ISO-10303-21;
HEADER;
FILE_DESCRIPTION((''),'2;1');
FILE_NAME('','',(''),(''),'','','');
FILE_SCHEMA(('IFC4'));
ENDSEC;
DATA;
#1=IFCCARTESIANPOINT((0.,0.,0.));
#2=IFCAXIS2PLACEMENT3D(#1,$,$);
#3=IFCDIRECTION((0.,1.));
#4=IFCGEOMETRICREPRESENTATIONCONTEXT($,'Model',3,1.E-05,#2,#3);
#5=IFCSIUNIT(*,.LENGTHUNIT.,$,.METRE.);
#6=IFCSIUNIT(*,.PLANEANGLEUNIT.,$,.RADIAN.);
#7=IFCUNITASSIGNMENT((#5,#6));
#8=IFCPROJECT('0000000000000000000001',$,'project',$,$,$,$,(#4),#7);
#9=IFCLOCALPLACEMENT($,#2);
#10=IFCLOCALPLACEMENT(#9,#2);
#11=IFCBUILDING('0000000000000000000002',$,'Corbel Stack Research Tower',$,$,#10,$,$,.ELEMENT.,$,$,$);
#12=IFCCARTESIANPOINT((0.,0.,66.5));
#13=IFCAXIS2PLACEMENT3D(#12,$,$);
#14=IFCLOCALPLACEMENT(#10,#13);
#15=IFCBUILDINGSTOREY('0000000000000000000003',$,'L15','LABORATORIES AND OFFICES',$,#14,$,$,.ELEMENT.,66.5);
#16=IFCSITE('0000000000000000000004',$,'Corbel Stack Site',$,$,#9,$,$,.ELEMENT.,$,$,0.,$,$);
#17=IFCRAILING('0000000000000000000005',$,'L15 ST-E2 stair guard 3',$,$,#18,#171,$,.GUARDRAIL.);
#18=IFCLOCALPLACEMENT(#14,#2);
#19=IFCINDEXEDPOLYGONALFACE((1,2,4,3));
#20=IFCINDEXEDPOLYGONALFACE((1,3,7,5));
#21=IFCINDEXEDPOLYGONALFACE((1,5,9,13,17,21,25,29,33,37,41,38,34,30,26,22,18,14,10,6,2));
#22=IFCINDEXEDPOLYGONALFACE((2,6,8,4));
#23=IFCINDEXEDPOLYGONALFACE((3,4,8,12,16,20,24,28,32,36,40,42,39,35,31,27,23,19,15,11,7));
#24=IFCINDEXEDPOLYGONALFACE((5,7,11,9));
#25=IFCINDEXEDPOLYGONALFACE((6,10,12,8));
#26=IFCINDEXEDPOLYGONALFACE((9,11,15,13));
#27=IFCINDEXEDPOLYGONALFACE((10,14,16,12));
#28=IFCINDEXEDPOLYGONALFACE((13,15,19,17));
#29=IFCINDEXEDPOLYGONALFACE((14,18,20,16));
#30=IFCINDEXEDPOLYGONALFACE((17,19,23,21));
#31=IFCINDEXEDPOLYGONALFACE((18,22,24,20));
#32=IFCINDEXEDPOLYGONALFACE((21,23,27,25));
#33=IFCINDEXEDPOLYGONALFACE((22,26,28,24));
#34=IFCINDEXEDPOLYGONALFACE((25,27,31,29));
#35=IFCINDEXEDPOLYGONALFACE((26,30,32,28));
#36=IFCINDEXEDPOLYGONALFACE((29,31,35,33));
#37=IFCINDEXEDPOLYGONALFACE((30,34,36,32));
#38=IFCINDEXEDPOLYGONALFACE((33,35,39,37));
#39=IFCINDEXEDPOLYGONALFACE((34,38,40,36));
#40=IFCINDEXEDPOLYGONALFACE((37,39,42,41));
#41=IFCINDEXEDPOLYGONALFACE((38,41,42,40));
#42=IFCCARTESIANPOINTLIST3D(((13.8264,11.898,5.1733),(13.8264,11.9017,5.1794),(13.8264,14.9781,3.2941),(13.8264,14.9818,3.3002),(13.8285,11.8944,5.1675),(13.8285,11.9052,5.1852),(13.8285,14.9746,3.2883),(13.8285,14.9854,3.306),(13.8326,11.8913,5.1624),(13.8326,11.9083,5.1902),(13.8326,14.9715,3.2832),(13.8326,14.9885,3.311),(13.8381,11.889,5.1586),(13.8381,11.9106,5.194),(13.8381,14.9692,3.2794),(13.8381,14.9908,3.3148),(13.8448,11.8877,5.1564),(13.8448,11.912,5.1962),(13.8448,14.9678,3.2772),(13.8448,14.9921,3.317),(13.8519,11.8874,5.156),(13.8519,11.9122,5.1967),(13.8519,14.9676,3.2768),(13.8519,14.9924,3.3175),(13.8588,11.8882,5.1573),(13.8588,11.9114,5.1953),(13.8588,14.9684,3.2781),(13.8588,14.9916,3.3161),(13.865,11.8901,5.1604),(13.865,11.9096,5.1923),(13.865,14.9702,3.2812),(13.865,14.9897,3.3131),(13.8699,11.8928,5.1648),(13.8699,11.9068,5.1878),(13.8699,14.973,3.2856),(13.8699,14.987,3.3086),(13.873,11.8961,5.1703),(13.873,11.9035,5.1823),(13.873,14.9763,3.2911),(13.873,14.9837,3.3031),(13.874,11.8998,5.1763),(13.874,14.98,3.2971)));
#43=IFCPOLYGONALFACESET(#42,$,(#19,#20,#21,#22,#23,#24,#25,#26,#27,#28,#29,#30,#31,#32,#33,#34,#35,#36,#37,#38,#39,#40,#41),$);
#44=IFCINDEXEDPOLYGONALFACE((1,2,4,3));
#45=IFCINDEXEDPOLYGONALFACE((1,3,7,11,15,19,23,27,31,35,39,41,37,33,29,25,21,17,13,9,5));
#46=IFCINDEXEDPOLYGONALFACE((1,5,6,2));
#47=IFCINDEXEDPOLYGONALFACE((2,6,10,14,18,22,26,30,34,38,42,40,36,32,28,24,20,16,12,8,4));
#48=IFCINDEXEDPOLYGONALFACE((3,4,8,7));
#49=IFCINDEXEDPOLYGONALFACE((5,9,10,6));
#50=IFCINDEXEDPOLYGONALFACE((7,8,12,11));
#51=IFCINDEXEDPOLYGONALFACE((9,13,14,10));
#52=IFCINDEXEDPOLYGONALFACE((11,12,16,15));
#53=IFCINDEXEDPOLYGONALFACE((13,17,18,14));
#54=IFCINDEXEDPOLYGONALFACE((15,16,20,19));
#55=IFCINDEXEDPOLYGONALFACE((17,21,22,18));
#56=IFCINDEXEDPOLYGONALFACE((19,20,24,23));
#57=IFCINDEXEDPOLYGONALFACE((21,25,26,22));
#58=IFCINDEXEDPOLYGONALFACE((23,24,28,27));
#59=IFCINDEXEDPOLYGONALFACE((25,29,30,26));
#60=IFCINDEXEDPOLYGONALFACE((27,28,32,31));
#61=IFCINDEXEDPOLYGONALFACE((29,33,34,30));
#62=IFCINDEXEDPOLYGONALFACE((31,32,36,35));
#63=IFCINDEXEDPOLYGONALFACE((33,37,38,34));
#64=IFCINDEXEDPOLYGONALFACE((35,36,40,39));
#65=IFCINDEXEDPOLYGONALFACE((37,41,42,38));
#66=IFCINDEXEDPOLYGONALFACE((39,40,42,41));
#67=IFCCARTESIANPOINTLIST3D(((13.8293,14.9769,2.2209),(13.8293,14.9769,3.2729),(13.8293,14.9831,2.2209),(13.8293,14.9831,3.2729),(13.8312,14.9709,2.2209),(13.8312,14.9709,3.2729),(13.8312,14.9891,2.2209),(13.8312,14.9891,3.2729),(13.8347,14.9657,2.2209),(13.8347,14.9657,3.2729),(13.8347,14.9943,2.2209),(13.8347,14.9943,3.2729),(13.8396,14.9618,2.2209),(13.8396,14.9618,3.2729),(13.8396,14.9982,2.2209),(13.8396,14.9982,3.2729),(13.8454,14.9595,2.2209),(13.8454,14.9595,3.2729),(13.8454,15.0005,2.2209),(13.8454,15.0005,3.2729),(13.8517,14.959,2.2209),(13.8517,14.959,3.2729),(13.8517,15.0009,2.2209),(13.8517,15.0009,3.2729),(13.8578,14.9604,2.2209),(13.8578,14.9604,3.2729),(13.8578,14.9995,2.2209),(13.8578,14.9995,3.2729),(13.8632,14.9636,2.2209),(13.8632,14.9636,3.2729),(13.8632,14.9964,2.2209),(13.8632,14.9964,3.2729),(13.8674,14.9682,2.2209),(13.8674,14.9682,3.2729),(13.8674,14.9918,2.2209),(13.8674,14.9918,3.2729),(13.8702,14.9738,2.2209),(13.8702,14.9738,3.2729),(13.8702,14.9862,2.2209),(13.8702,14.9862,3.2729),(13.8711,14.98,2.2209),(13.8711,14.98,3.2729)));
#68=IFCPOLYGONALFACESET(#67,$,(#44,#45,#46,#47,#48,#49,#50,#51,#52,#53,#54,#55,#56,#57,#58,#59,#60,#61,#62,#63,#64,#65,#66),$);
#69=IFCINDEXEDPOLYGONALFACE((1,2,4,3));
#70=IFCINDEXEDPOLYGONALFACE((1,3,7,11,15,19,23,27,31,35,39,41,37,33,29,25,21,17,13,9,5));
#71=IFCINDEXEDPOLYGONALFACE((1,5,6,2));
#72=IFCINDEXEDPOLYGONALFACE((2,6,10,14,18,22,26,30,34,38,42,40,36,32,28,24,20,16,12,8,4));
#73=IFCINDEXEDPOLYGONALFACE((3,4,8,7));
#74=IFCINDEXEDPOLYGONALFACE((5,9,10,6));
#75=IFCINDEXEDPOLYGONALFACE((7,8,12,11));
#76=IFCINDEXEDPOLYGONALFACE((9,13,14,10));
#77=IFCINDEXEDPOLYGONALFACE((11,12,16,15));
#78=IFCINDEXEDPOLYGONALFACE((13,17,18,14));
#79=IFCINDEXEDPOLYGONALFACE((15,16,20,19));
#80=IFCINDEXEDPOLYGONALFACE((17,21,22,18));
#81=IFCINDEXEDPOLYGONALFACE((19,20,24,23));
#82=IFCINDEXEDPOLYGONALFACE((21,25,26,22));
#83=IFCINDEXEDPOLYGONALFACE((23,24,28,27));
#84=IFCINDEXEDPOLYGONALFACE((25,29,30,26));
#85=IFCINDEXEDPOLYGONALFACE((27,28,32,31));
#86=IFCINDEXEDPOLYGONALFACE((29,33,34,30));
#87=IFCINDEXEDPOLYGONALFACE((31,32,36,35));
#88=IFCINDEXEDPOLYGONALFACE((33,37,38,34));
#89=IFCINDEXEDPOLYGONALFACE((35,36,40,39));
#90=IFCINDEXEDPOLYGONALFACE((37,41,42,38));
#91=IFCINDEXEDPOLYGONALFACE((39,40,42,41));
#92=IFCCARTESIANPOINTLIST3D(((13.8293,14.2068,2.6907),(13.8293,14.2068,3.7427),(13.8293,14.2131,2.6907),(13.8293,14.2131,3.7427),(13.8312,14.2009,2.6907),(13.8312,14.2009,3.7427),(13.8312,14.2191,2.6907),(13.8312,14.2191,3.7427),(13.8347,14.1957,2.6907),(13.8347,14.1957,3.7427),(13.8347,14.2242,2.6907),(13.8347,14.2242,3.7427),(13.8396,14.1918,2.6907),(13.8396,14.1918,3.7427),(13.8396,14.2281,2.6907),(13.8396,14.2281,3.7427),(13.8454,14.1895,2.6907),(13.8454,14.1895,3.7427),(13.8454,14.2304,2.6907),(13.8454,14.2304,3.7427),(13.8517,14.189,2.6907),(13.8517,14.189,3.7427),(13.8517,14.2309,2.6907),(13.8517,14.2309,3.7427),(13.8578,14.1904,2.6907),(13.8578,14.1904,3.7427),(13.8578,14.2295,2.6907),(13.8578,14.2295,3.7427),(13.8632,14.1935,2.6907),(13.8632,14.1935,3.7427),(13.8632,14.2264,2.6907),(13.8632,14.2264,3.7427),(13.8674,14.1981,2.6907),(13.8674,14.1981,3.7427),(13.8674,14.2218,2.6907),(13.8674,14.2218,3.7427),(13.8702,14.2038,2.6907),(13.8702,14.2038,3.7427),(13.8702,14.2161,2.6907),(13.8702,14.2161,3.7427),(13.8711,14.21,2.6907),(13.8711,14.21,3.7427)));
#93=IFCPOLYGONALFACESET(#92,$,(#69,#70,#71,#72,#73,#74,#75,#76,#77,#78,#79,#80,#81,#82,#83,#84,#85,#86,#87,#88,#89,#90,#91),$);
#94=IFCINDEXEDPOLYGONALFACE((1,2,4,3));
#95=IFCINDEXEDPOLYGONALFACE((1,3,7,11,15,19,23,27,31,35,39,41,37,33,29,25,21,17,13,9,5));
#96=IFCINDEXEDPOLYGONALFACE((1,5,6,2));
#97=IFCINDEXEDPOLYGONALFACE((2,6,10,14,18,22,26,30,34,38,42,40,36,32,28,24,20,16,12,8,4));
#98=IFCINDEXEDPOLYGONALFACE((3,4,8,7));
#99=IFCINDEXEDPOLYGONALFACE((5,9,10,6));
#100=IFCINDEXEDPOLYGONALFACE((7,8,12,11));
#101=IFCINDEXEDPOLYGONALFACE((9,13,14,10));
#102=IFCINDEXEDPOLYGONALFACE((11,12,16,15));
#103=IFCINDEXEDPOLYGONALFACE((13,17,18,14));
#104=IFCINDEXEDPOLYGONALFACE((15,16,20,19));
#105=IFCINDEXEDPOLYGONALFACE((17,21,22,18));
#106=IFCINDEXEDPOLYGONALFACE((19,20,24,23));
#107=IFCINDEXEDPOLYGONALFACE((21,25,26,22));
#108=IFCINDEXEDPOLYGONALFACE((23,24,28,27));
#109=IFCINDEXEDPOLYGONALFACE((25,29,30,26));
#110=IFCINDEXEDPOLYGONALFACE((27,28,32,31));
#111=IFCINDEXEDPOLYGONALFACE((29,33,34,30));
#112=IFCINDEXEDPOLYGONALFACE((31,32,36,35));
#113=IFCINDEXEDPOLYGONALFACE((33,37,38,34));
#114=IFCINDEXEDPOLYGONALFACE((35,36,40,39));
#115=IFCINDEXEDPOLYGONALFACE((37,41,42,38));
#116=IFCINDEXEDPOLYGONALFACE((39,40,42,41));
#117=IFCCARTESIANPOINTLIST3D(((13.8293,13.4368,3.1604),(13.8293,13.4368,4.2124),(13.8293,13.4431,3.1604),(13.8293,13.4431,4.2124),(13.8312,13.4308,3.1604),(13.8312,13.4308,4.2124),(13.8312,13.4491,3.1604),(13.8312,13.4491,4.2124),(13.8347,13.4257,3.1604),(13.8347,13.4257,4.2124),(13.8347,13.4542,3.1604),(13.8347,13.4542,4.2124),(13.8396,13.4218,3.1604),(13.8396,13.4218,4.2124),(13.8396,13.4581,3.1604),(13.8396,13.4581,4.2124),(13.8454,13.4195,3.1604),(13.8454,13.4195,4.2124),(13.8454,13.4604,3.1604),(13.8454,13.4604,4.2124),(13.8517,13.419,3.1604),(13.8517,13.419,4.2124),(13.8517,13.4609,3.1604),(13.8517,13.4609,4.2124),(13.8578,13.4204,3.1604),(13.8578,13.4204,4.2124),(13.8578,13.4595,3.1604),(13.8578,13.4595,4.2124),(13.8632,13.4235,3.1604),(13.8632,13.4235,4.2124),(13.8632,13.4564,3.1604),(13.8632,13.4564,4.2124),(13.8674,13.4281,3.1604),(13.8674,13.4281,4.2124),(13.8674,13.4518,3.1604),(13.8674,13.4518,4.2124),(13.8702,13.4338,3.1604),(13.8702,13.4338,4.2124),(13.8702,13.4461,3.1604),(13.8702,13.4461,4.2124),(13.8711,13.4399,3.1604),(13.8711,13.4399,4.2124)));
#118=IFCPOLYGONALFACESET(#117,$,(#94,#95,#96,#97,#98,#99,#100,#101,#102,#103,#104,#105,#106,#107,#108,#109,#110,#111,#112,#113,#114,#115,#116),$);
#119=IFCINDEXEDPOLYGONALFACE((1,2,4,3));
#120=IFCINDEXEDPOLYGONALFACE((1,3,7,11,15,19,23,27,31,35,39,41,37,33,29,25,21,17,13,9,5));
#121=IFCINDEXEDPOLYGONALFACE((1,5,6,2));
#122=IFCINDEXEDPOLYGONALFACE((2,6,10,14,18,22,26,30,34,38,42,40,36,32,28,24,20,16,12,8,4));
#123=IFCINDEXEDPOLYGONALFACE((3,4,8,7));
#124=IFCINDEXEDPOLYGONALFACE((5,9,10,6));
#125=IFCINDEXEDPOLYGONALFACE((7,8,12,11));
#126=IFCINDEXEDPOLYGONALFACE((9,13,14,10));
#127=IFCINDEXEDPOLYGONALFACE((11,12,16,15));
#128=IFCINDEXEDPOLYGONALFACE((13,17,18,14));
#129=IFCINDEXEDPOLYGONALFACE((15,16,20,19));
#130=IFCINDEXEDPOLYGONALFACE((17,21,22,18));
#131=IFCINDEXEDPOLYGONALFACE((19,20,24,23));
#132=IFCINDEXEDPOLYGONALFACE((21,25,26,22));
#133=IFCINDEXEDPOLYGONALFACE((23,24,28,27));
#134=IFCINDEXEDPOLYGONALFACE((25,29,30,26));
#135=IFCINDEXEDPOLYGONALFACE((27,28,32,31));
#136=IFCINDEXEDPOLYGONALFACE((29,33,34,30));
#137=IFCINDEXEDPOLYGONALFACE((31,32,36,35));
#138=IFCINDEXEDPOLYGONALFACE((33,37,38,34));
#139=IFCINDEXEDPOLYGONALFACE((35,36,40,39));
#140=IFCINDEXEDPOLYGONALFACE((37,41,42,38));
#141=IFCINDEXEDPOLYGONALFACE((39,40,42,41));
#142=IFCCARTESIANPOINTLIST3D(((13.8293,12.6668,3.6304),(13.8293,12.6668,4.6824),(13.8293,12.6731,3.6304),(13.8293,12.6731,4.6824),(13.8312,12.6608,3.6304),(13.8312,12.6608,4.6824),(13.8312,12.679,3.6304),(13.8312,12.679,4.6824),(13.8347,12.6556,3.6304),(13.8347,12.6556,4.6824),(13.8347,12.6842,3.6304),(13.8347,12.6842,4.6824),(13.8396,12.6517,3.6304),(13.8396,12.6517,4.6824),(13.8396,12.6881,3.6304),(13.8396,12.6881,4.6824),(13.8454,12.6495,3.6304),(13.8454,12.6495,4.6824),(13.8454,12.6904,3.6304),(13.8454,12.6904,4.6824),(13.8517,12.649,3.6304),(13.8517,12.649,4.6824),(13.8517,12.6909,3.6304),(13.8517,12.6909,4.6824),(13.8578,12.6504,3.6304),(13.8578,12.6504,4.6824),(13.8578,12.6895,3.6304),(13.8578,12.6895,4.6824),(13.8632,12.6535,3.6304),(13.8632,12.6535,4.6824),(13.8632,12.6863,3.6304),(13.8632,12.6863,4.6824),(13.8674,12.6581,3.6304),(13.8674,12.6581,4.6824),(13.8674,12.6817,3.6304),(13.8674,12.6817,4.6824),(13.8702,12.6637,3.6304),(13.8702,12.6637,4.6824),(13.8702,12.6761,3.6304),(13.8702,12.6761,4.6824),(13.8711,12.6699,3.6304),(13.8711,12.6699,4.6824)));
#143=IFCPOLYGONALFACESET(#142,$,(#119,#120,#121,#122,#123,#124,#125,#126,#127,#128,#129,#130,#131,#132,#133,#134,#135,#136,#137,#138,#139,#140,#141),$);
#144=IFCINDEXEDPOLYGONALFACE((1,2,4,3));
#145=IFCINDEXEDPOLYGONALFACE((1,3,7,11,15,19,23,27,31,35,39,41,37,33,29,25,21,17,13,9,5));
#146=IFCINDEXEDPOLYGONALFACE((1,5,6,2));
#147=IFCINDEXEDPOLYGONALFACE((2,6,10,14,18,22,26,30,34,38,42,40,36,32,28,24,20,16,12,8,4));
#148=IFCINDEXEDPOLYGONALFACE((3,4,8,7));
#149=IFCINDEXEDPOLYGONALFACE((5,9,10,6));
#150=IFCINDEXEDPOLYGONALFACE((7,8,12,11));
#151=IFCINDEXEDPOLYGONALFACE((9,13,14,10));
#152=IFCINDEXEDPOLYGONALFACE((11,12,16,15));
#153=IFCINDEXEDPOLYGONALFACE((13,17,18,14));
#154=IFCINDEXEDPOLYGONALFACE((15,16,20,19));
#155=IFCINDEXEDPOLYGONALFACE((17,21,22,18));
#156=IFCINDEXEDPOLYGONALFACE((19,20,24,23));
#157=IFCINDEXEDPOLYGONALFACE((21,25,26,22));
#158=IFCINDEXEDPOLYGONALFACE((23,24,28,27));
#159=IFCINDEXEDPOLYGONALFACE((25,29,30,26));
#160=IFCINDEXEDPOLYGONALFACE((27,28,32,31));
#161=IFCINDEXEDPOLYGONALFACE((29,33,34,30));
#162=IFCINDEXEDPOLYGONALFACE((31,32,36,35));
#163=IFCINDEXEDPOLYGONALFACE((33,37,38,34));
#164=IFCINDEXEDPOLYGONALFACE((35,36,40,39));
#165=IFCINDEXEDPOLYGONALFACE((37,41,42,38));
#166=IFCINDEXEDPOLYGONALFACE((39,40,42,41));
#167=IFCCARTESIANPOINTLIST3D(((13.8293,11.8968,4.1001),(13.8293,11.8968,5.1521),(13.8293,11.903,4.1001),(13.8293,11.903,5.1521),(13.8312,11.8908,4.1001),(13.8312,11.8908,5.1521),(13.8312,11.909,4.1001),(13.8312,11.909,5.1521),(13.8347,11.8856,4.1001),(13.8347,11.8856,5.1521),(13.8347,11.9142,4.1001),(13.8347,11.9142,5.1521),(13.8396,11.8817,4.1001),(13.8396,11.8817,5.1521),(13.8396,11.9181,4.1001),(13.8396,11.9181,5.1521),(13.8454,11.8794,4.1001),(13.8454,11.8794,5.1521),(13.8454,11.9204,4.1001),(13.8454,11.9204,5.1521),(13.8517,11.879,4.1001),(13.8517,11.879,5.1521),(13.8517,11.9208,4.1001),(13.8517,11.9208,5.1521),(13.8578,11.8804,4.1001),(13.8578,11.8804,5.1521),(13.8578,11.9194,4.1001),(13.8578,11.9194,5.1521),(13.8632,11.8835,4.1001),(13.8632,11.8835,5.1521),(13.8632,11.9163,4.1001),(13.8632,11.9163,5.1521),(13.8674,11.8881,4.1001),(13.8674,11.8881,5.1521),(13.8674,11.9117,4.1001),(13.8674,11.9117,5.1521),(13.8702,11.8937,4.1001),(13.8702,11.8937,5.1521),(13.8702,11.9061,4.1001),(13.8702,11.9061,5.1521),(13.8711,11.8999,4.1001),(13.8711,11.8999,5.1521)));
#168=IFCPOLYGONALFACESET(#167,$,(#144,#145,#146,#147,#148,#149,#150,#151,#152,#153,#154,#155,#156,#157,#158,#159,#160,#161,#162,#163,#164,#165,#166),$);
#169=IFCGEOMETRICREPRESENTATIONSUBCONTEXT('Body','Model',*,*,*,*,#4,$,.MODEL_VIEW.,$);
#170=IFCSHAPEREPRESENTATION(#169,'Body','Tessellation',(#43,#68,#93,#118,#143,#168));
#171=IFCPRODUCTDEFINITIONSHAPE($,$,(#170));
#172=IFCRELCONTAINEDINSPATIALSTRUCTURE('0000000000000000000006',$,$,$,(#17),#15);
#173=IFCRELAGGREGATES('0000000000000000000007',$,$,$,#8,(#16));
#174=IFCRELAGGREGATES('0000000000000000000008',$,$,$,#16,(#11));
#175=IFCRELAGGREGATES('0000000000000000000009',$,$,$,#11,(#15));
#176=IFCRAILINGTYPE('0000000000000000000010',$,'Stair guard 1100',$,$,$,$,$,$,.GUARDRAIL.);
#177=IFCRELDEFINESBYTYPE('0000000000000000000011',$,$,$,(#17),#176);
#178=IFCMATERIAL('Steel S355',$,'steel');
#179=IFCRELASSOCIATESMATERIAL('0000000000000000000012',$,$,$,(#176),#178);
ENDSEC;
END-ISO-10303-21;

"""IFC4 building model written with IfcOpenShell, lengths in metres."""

from ifc_helpers import new_model, si_unit, direction, frame, origin, origin_2d, place, context, subcontext, project, spatial, circle, extrude, material, type_object, element, save


model = new_model("IFC4")

# Units and contexts
model_context = context("Model", 3, precision=1e-05, world=origin(), true_north=direction((0.0, 1.0)))
body_context = subcontext(model_context, "Body", "Model", "MODEL_VIEW")
ifc_project = project(units=[si_unit("LENGTHUNIT", "METRE"), si_unit("PLANEANGLEUNIT", "RADIAN")], contexts=[model_context])

# Site, building, storey
site_placement = place(None, origin())
site = spatial("IfcSite", under=ifc_project, at=site_placement, Name="Corbel Stack Site", CompositionType="ELEMENT", RefElevation=0.0)
building_placement = place(site_placement, origin())
building = spatial("IfcBuilding", under=site, at=building_placement, Name="Corbel Stack Research Tower", CompositionType="ELEMENT")
storey_placement = place(building_placement, frame((0.0, 0.0, 66.5)))
storey = spatial("IfcBuildingStorey", under=building, at=storey_placement, Name="L15", Description="LABORATORIES AND OFFICES", CompositionType="ELEMENT", Elevation=66.5)

# Railing
ifc_material_1 = material(Name="Steel S355", Category="steel")
railing_type_1 = type_object("IfcRailingType", Name="Stair guard 1100", PredefinedType="GUARDRAIL", material=ifc_material_1)
railing_1_placement = place(storey_placement, frame((13.8501, 14.98, 2.2209)))
element("IfcRailing", 1, at=railing_1_placement, inside=storey, type_object=railing_type_1, Name="L15 ST-E2 stair guard 3", PredefinedType="GUARDRAIL", context=body_context, shape_type="SweptSolid", body=[
    extrude(circle(Radius=0.0239, at=origin_2d()), frame((0.0, 0.0, 1.0762), z_axis=(0.0, -0.853666, 0.52082), x_axis=(1.0, 0.0, 0.0)), (0.0, 0.0, 1.0), 3.6082),
    extrude(circle(Radius=0.021, at=origin_2d()), origin(), (0.0, 0.0, 1.0), 1.052),
    extrude(circle(Radius=0.021, at=origin_2d()), frame((0.0, -0.77, 0.4697)), (0.0, 0.0, 1.0), 1.052),
    extrude(circle(Radius=0.021, at=origin_2d()), frame((0.0, -1.54, 0.9395)), (0.0, 0.0, 1.0), 1.052),
    extrude(circle(Radius=0.021, at=origin_2d()), frame((0.0, -2.3101, 1.4094)), (0.0, 0.0, 1.0), 1.052),
    extrude(circle(Radius=0.021, at=origin_2d()), frame((0.0, -3.0801, 1.8792)), (0.0, 0.0, 1.0), 1.052),
])

save(model, "model.ifc")
